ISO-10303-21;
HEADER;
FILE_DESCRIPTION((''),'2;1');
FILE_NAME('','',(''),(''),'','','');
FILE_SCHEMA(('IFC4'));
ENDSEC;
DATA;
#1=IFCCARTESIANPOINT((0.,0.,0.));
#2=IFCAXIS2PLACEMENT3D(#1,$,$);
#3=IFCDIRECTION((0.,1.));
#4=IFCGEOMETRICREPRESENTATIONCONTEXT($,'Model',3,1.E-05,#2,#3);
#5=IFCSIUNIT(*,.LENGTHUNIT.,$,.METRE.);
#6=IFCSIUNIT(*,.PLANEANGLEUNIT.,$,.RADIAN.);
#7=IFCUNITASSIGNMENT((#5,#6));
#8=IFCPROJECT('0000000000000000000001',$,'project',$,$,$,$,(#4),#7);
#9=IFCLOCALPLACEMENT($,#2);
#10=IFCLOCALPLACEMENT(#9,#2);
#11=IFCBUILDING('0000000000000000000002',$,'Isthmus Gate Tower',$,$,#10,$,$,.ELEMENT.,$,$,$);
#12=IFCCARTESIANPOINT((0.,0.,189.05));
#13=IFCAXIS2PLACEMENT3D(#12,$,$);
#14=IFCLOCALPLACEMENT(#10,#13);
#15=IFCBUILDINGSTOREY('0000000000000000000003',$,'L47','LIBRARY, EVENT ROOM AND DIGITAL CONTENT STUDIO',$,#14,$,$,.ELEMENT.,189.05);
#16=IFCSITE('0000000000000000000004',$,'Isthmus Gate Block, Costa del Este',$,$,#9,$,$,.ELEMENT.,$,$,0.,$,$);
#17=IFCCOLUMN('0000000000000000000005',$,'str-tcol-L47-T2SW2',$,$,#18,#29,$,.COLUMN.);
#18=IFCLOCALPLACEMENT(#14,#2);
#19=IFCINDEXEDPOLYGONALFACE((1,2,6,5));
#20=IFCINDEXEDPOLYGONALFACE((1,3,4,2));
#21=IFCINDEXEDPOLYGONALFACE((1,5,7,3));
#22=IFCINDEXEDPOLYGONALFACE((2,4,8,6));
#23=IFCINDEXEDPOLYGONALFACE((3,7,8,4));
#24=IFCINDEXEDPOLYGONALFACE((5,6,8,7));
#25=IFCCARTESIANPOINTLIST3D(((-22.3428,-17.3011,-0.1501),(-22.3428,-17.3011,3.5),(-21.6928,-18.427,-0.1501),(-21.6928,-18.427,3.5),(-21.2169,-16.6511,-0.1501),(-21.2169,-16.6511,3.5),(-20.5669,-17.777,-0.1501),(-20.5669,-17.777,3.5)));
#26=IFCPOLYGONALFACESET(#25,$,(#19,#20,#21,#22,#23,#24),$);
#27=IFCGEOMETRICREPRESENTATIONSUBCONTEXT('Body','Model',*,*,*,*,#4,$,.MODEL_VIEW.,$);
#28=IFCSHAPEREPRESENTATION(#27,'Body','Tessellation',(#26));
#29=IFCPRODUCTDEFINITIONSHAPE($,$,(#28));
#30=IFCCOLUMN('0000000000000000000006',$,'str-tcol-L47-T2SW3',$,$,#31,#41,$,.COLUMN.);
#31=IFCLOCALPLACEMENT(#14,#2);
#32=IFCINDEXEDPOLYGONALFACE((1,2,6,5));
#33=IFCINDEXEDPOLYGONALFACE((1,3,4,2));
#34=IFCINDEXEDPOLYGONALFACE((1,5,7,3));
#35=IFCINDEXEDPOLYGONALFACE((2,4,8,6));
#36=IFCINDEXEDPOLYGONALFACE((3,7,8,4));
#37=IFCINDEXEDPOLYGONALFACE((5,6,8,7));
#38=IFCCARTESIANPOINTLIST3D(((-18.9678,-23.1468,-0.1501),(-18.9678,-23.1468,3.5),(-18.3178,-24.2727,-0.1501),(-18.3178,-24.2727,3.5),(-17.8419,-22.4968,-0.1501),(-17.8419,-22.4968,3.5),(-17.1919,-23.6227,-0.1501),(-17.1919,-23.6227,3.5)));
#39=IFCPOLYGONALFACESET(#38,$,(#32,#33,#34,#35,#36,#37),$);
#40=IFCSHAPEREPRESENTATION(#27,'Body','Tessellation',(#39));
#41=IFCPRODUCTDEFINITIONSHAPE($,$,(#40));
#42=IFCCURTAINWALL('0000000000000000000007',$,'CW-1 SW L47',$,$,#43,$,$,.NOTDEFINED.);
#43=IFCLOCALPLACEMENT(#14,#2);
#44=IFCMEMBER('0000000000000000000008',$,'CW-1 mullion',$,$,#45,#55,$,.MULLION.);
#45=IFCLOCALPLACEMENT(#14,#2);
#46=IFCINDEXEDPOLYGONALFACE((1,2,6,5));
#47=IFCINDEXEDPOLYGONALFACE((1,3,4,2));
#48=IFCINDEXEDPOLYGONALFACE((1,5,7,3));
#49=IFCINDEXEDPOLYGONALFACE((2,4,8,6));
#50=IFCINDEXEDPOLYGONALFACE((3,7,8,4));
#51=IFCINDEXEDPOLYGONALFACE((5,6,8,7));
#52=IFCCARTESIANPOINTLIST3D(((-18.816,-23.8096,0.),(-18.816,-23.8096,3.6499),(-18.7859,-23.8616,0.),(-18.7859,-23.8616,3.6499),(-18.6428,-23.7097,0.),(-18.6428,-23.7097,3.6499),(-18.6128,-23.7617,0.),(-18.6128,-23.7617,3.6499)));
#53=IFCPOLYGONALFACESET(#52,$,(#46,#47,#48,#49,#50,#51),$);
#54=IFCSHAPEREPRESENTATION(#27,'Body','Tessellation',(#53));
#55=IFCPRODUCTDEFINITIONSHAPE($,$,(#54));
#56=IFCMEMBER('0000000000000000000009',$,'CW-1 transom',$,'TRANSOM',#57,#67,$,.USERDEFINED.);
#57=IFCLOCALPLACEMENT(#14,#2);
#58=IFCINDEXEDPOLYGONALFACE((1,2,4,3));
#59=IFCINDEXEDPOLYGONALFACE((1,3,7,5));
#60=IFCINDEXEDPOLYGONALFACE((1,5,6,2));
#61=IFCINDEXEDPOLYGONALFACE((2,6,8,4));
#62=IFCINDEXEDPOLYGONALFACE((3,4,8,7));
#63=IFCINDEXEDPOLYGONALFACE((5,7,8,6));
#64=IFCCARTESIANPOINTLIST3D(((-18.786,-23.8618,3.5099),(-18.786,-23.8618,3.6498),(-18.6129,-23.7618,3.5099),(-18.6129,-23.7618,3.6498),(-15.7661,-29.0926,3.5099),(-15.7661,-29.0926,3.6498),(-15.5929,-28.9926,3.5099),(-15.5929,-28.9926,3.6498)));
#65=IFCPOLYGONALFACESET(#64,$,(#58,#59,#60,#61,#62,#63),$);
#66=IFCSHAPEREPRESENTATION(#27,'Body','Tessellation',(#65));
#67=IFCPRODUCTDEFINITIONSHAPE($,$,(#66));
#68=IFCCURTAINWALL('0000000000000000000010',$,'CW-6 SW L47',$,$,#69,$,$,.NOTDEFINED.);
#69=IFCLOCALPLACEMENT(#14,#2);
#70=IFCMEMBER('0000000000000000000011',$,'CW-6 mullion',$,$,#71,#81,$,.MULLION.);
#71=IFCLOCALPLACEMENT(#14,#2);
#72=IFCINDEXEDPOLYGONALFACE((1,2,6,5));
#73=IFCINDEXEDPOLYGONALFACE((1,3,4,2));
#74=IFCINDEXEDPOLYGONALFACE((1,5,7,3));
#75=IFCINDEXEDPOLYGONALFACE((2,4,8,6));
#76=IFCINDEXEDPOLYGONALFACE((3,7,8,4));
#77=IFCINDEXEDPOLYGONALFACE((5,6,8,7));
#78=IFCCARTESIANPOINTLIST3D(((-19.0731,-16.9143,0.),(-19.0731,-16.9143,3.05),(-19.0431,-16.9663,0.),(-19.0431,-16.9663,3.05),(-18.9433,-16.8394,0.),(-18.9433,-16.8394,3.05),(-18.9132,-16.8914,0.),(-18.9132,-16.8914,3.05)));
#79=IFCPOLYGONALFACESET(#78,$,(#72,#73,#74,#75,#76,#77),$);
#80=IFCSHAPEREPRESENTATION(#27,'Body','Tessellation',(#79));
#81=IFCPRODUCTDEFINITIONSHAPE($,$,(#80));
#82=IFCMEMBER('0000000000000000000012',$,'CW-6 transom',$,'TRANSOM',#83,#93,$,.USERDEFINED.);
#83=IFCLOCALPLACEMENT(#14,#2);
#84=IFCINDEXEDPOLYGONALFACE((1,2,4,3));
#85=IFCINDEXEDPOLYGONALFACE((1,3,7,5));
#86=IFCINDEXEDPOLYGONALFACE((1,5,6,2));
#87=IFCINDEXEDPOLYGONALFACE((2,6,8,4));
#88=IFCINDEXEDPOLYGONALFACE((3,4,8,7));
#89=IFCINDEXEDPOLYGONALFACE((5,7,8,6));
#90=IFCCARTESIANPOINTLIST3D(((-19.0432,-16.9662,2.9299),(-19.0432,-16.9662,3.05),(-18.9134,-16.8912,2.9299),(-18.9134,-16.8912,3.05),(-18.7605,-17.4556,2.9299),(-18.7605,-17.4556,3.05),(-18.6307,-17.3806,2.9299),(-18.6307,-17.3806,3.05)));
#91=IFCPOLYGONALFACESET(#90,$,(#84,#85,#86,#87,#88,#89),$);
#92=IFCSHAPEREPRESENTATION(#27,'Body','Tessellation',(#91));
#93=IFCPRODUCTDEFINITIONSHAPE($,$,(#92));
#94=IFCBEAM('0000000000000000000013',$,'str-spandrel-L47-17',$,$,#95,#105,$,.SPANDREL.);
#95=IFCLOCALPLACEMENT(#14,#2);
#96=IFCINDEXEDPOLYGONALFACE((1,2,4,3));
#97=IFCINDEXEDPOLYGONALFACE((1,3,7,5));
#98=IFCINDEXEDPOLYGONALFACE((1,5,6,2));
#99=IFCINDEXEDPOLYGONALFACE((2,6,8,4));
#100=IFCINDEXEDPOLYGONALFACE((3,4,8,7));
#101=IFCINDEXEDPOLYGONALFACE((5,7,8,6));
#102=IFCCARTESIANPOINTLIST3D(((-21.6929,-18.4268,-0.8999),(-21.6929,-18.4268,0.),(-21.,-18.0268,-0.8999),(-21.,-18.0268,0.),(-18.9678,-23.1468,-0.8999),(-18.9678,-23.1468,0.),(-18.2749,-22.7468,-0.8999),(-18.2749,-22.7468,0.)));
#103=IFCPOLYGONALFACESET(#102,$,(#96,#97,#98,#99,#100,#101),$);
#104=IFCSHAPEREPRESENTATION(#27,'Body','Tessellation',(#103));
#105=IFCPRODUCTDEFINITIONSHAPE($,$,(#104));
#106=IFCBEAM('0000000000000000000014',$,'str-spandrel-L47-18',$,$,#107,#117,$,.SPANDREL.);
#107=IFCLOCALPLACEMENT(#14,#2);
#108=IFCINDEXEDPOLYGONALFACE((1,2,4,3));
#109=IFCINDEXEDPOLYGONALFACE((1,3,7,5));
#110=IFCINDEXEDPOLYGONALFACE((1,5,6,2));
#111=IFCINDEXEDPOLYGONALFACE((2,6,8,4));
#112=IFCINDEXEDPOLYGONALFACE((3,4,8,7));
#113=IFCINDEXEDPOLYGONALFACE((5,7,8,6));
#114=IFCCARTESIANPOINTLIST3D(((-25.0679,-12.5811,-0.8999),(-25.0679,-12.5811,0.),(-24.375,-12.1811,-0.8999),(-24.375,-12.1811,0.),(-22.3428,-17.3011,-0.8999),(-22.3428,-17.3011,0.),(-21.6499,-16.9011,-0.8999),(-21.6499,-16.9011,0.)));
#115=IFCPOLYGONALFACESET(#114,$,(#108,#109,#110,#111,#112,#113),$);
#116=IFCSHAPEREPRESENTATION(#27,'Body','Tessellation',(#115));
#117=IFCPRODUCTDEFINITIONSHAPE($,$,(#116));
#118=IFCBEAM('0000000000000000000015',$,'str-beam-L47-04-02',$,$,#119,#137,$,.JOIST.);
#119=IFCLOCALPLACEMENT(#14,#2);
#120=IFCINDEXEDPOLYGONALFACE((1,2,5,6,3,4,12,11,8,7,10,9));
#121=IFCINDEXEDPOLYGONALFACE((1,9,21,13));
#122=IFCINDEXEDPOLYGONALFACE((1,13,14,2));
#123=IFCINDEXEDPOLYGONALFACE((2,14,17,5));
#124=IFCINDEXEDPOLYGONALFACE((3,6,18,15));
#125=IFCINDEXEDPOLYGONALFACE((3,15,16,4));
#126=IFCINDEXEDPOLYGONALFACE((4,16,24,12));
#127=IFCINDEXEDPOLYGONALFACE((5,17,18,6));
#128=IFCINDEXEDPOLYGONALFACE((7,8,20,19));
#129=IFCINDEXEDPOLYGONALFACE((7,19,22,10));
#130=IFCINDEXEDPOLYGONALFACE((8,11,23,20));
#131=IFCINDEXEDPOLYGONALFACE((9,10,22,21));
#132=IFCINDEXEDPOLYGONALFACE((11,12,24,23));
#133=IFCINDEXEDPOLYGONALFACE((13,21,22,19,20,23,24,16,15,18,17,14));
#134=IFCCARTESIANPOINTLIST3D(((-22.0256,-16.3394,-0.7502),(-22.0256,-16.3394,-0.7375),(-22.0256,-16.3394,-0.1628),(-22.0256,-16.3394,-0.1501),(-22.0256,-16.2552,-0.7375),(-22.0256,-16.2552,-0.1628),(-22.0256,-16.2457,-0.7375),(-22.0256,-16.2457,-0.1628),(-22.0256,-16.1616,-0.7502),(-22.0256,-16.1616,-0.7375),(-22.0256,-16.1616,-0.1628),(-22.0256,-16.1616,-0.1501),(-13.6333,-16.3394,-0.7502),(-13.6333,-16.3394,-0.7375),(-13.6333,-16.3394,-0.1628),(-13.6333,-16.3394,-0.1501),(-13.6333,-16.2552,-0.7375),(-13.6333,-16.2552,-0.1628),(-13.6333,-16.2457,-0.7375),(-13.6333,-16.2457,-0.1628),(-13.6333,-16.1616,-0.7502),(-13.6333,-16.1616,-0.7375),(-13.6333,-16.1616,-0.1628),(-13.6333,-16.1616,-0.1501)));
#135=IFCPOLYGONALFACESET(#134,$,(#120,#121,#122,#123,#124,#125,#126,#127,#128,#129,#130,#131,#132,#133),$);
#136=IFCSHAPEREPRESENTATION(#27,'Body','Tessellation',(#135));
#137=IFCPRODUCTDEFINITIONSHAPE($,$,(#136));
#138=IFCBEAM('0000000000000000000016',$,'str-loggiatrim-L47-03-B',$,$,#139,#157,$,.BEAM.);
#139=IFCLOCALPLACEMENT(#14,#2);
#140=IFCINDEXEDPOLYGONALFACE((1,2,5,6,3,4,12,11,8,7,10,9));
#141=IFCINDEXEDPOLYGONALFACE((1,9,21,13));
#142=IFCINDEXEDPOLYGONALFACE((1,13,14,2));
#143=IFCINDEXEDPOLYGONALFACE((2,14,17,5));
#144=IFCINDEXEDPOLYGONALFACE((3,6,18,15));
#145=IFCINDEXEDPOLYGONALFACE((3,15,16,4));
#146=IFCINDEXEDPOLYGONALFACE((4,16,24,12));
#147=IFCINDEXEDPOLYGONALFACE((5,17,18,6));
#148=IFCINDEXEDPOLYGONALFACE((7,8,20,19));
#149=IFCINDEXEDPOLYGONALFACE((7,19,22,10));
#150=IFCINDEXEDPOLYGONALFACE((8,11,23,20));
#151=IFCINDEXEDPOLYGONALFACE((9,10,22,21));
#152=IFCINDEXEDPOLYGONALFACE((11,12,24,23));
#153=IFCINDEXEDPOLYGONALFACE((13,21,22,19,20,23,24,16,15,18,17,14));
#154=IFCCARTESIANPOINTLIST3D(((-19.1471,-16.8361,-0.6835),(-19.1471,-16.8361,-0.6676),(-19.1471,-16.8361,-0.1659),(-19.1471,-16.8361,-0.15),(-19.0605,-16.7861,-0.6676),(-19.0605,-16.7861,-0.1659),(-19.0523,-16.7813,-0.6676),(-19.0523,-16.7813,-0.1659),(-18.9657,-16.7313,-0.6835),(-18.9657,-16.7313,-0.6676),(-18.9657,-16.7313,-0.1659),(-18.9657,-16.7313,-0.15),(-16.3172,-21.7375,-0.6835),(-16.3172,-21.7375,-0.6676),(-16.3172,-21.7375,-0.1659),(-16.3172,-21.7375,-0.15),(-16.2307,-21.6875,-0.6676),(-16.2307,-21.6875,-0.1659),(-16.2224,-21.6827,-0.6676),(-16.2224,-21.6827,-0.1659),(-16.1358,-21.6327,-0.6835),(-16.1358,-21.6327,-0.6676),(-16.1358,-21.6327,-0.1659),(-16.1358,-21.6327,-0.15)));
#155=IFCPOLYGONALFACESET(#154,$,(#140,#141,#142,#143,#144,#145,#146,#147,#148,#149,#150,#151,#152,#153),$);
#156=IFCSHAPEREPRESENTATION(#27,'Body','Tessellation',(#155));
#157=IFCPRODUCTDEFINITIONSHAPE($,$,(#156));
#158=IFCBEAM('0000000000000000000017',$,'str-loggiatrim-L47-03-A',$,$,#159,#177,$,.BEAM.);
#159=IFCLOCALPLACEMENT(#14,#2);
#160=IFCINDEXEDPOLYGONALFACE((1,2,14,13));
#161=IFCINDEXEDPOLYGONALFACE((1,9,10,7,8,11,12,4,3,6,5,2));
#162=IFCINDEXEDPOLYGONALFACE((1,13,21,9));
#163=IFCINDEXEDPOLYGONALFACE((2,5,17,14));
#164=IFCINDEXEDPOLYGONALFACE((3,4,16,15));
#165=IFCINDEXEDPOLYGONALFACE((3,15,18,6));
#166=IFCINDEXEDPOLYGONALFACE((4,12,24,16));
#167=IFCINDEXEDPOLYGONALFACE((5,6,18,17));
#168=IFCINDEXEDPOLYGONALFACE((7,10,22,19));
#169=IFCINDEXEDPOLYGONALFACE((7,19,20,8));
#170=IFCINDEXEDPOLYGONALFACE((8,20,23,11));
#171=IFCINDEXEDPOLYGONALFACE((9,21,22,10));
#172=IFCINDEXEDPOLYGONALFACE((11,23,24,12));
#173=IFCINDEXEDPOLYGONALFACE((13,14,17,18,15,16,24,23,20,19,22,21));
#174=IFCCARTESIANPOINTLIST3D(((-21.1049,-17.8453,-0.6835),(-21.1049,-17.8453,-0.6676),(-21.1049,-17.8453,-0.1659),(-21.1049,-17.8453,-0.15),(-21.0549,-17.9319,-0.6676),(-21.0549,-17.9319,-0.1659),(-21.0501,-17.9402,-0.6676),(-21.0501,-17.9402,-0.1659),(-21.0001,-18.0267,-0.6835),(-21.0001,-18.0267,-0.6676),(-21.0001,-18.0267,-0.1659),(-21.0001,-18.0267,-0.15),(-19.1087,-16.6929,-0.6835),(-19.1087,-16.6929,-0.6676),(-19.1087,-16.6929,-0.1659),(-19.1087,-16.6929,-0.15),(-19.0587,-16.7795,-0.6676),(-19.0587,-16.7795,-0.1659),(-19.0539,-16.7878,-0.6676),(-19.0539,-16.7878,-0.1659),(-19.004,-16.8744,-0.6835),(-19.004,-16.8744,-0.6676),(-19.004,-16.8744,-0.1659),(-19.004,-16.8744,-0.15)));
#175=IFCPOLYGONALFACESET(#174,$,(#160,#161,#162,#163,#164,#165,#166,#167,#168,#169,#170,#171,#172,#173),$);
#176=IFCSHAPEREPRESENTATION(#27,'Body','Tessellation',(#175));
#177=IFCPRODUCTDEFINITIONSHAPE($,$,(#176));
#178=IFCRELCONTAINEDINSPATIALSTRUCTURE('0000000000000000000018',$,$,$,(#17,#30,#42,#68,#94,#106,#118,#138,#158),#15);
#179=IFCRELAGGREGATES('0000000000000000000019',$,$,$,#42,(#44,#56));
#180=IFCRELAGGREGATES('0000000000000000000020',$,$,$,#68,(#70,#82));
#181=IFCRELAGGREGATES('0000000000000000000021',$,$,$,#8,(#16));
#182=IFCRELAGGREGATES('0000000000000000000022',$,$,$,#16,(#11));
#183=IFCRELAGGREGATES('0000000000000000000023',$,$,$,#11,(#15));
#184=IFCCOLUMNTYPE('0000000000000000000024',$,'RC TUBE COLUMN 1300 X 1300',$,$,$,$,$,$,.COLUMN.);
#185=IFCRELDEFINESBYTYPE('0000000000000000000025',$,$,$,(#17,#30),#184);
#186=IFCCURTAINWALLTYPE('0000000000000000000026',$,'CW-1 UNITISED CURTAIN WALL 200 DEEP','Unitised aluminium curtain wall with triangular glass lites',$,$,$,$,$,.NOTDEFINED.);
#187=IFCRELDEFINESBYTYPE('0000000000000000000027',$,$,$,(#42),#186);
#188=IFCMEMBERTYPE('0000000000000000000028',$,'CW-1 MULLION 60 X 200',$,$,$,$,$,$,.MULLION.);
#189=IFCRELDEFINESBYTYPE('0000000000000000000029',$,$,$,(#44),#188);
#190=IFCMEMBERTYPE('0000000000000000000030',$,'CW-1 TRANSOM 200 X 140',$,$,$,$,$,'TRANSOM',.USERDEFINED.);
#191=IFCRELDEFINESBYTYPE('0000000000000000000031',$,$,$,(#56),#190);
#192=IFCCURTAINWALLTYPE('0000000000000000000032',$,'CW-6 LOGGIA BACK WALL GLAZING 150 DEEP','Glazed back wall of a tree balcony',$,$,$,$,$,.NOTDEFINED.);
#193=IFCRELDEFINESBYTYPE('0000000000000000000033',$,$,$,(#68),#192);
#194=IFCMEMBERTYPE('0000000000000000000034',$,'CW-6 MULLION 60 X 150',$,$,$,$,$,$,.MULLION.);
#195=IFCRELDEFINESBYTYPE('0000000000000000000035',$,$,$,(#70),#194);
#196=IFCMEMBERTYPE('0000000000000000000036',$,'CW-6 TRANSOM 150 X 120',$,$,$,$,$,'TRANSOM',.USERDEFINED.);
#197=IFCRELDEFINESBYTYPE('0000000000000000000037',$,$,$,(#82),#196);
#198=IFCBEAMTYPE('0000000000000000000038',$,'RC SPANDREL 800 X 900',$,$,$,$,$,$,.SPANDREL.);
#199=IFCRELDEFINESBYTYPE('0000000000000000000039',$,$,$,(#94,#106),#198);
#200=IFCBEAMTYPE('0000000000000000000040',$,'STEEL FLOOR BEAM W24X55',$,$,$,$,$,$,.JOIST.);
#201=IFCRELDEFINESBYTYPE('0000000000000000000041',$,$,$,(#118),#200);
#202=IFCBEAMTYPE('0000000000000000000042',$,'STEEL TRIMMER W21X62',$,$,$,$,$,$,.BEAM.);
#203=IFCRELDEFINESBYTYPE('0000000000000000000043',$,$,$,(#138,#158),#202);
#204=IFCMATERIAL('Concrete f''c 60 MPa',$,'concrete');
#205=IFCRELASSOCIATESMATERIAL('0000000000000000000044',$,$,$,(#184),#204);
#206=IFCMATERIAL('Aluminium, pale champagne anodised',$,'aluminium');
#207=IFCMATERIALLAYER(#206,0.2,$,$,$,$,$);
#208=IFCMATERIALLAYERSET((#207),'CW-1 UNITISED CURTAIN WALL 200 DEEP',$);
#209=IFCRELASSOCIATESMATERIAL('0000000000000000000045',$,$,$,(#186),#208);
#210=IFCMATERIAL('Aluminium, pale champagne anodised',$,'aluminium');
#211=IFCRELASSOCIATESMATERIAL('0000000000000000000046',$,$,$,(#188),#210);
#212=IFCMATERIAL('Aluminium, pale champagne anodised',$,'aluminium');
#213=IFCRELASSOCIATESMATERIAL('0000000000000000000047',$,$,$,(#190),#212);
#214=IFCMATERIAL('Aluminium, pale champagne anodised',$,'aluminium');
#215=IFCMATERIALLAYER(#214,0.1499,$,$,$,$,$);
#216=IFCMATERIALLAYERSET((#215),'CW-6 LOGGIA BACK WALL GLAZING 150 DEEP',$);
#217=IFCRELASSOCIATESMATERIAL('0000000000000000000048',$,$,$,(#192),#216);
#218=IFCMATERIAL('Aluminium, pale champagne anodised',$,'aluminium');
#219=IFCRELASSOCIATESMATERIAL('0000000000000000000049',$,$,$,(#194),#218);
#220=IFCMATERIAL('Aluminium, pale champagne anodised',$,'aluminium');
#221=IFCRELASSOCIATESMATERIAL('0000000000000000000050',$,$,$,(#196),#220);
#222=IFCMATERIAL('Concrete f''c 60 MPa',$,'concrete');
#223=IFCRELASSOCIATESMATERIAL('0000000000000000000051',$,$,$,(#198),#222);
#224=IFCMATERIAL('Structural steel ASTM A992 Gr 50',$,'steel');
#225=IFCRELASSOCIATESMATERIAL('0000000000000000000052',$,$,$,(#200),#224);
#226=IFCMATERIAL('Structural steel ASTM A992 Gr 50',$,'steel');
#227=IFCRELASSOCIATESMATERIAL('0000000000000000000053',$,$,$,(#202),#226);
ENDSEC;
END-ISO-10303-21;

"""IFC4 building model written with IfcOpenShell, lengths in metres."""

from ifc_helpers import new_model, si_unit, direction, frame, origin, origin_2d, place, context, subcontext, project, spatial, rectangle, i_section, extrude, material, layer, layer_set, material_profile, profile_set, type_object, element, aggregate, save


model = new_model("IFC4")

# Units and contexts
model_context = context("Model", 3, precision=1e-05, world=origin(), true_north=direction((0.0, 1.0)))
body_context = subcontext(model_context, "Body", "Model", "MODEL_VIEW")
ifc_project = project(units=[si_unit("LENGTHUNIT", "METRE"), si_unit("PLANEANGLEUNIT", "RADIAN")], contexts=[model_context])

# Site, building, storey
site_placement = place(None, origin())
site = spatial("IfcSite", under=ifc_project, at=site_placement, Name="Isthmus Gate Block, Costa del Este", CompositionType="ELEMENT", RefElevation=0.0)
building_placement = place(site_placement, origin())
building = spatial("IfcBuilding", under=site, at=building_placement, Name="Isthmus Gate Tower", CompositionType="ELEMENT")
storey_placement = place(building_placement, frame((0.0, 0.0, 189.05)))
storey = spatial("IfcBuildingStorey", under=building, at=storey_placement, Name="L47", Description="LIBRARY, EVENT ROOM AND DIGITAL CONTENT STUDIO", CompositionType="ELEMENT", Elevation=189.05)

# Columns
ifc_material_1 = material(Name="Concrete f'c 60 MPa", Category="concrete")
ifc_material_profile_1 = material_profile(ifc_material_1, rectangle(XDim=1.3, YDim=1.3, at=origin_2d()), Name="RC 1300X1300")
ifc_profile_set_1 = profile_set([ifc_material_profile_1], Name="Concrete f'c 60 MPa")
column_type = type_object("IfcColumnType", Name="RC TUBE COLUMN 1300 X 1300", PredefinedType="COLUMN", material=ifc_profile_set_1)
for number, where, z_axis, x_axis, name in (
    (1, (-21.4548, -17.5391, -0.1501), (0.0, 0.0, 1.0), (0.5, -0.866025, 0.0), "str-tcol-L47-T2SW2"),
    (2, (-18.0798, -23.3848, -0.1501), (0.0, 0.0, 1.0), (0.5, -0.866025, 0.0), "str-tcol-L47-T2SW3"),
):
    element("IfcColumn", number, at=place(storey_placement, frame(where, z_axis=z_axis, x_axis=x_axis)), inside=storey, type_object=column_type, Name=name, PredefinedType="COLUMN", context=body_context, shape_type="SweptSolid", body=[
        extrude(rectangle(XDim=1.3, YDim=1.3, at=origin_2d()), origin(), (0.0, 0.0, 1.0), 3.6501),
    ])

# Curtain walls, members
ifc_material_2 = material(Name="Aluminium, pale champagne anodised", Category="aluminium")
ifc_layer_1 = layer(ifc_material_2, 0.2)
ifc_layer_set_1 = layer_set([ifc_layer_1], Name="CW-1 UNITISED CURTAIN WALL 200 DEEP")
curtain_wall_type_1 = type_object("IfcCurtainWallType", Name="CW-1 UNITISED CURTAIN WALL 200 DEEP", Description="Unitised aluminium curtain wall with triangular glass lites", PredefinedType="NOTDEFINED", material=ifc_layer_set_1)
curtain_wall_1_placement = place(storey_placement, origin())
curtain_wall_1 = element("IfcCurtainWall", 3, at=curtain_wall_1_placement, inside=storey, type_object=curtain_wall_type_1, Name="CW-1 SW L47", PredefinedType="NOTDEFINED")
ifc_material_3 = material(Name="Aluminium, pale champagne anodised", Category="aluminium")
ifc_material_profile_2 = material_profile(ifc_material_3, rectangle(XDim=0.0601, YDim=0.2, at=origin_2d()), Name="60x200")
ifc_profile_set_2 = profile_set([ifc_material_profile_2], Name="Aluminium, pale champagne anodised")
member_type_1 = type_object("IfcMemberType", Name="CW-1 MULLION 60 X 200", PredefinedType="MULLION", material=ifc_profile_set_2)
member_1_placement = place(storey_placement, frame((-18.7144, -23.7856, 0.0), z_axis=(0.0, 0.0, 1.0), x_axis=(0.5, -0.866025, 0.0)))
member_1 = element("IfcMember", 4, at=member_1_placement, type_object=member_type_1, Name="CW-1 mullion", PredefinedType="MULLION", context=body_context, shape_type="SweptSolid", body=[
    extrude(rectangle(XDim=0.0601, YDim=0.2, at=origin_2d()), origin(), (0.0, 0.0, 1.0), 3.6499),
])
ifc_material_4 = material(Name="Aluminium, pale champagne anodised", Category="aluminium")
ifc_material_profile_3 = material_profile(ifc_material_4, rectangle(XDim=0.2, YDim=0.1399, at=origin_2d()), Name="200x140")
ifc_profile_set_3 = profile_set([ifc_material_profile_3], Name="Aluminium, pale champagne anodised")
member_type_2 = type_object("IfcMemberType", Name="CW-1 TRANSOM 200 X 140", ElementType="TRANSOM", PredefinedType="USERDEFINED", material=ifc_profile_set_3)
member_2_placement = place(storey_placement, frame((-18.6995, -23.8118, 3.5798), z_axis=(0.499991, -0.866031, 0.0), x_axis=(0.866031, 0.499991, 0.0)))
member_2 = element("IfcMember", 5, at=member_2_placement, type_object=member_type_2, Name="CW-1 transom", ObjectType="TRANSOM", PredefinedType="USERDEFINED", context=body_context, shape_type="SweptSolid", body=[
    extrude(rectangle(XDim=0.2, YDim=0.1399, at=origin_2d()), origin(), (0.0, 0.0, 1.0), 6.04),
])
ifc_material_5 = material(Name="Aluminium, pale champagne anodised", Category="aluminium")
ifc_layer_2 = layer(ifc_material_5, 0.1499)
ifc_layer_set_2 = layer_set([ifc_layer_2], Name="CW-6 LOGGIA BACK WALL GLAZING 150 DEEP")
curtain_wall_type_2 = type_object("IfcCurtainWallType", Name="CW-6 LOGGIA BACK WALL GLAZING 150 DEEP", Description="Glazed back wall of a tree balcony", PredefinedType="NOTDEFINED", material=ifc_layer_set_2)
curtain_wall_2_placement = place(storey_placement, origin())
curtain_wall_2 = element("IfcCurtainWall", 6, at=curtain_wall_2_placement, inside=storey, type_object=curtain_wall_type_2, Name="CW-6 SW L47", PredefinedType="NOTDEFINED")
ifc_material_6 = material(Name="Aluminium, pale champagne anodised", Category="aluminium")
ifc_material_profile_4 = material_profile(ifc_material_6, rectangle(XDim=0.0601, YDim=0.1499, at=origin_2d()), Name="60x150")
ifc_profile_set_4 = profile_set([ifc_material_profile_4], Name="Aluminium, pale champagne anodised")
member_type_3 = type_object("IfcMemberType", Name="CW-6 MULLION 60 X 150", PredefinedType="MULLION", material=ifc_profile_set_4)
member_3_placement = place(storey_placement, frame((-18.9932, -16.9028, 0.0), z_axis=(0.0, 0.0, 1.0), x_axis=(0.5, -0.866025, 0.0)))
member_3 = element("IfcMember", 7, at=member_3_placement, type_object=member_type_3, Name="CW-6 mullion", PredefinedType="MULLION", context=body_context, shape_type="SweptSolid", body=[
    extrude(rectangle(XDim=0.0601, YDim=0.1499, at=origin_2d()), origin(), (0.0, 0.0, 1.0), 3.05),
])
ifc_material_7 = material(Name="Aluminium, pale champagne anodised", Category="aluminium")
ifc_material_profile_5 = material_profile(ifc_material_7, rectangle(XDim=0.1499, YDim=0.1201, at=origin_2d()), Name="150x120")
ifc_profile_set_5 = profile_set([ifc_material_profile_5], Name="Aluminium, pale champagne anodised")
member_type_4 = type_object("IfcMemberType", Name="CW-6 TRANSOM 150 X 120", ElementType="TRANSOM", PredefinedType="USERDEFINED", material=ifc_profile_set_5)
member_4_placement = place(storey_placement, frame((-18.9783, -16.9287, 2.99), z_axis=(0.500134, -0.865948, 0.0), x_axis=(0.865948, 0.500134, 0.0)))
member_4 = element("IfcMember", 8, at=member_4_placement, type_object=member_type_4, Name="CW-6 transom", ObjectType="TRANSOM", PredefinedType="USERDEFINED", context=body_context, shape_type="SweptSolid", body=[
    extrude(rectangle(XDim=0.1499, YDim=0.1201, at=origin_2d()), origin(), (0.0, 0.0, 1.0), 0.5652),
])

# Beams
ifc_material_8 = material(Name="Concrete f'c 60 MPa", Category="concrete")
ifc_material_profile_6 = material_profile(ifc_material_8, rectangle(XDim=0.8, YDim=0.8999, at=origin_2d()), Name="RC 800X900")
ifc_profile_set_6 = profile_set([ifc_material_profile_6], Name="Concrete f'c 60 MPa")
beam_type_1 = type_object("IfcBeamType", Name="RC SPANDREL 800 X 900", PredefinedType="SPANDREL", material=ifc_profile_set_6)
for number, where, z_axis, x_axis, name in (
    (9, (-18.6213, -22.9468, -0.45), (-0.500003, 0.866024, 0.0), (-0.866024, -0.500003, 0.0), "str-spandrel-L47-17"),
    (10, (-21.9963, -17.1011, -0.45), (-0.500003, 0.866024, 0.0), (-0.866024, -0.500003, 0.0), "str-spandrel-L47-18"),
):
    element("IfcBeam", number, at=place(storey_placement, frame(where, z_axis=z_axis, x_axis=x_axis)), inside=storey, type_object=beam_type_1, Name=name, PredefinedType="SPANDREL", context=body_context, shape_type="SweptSolid", body=[
        extrude(rectangle(XDim=0.8, YDim=0.8999, at=origin_2d()), origin(), (0.0, 0.0, 1.0), 5.4502),
    ])
ifc_material_9 = material(Name="Structural steel ASTM A992 Gr 50", Category="steel")
ifc_material_profile_7 = material_profile(ifc_material_9, i_section(OverallWidth=0.1777, OverallDepth=0.6001, WebThickness=0.0095, FlangeThickness=0.0127, at=origin_2d()), Name="W24X55")
ifc_profile_set_7 = profile_set([ifc_material_profile_7], Name="Structural steel ASTM A992 Gr 50")
beam_type_2 = type_object("IfcBeamType", Name="STEEL FLOOR BEAM W24X55", PredefinedType="JOIST", material=ifc_profile_set_7)
beam_1_placement = place(storey_placement, frame((-22.0256, -16.2505, -0.4502), z_axis=(1.0, 0.0, 0.0), x_axis=(0.0, 1.0, 0.0)))
element("IfcBeam", 11, at=beam_1_placement, inside=storey, type_object=beam_type_2, Name="str-beam-L47-04-02", PredefinedType="JOIST", context=body_context, shape_type="SweptSolid", body=[
    extrude(i_section(OverallWidth=0.1777, OverallDepth=0.6001, WebThickness=0.0095, FlangeThickness=0.0127, at=origin_2d()), origin(), (0.0, 0.0, 1.0), 8.3923),
])
ifc_material_10 = material(Name="Structural steel ASTM A992 Gr 50", Category="steel")
ifc_material_profile_8 = material_profile(ifc_material_10, i_section(OverallWidth=0.2095, OverallDepth=0.5334, WebThickness=0.0095, FlangeThickness=0.0159, at=origin_2d()), Name="W21X62")
ifc_profile_set_8 = profile_set([ifc_material_profile_8], Name="Structural steel ASTM A992 Gr 50")
beam_type_3 = type_object("IfcBeamType", Name="STEEL TRIMMER W21X62", PredefinedType="BEAM", material=ifc_profile_set_8)
beam_2_placement = place(storey_placement, frame((-19.0564, -16.7837, -0.4167), z_axis=(0.500004, -0.866023, 0.0), x_axis=(0.866023, 0.500004, 0.0)))
element("IfcBeam", 12, at=beam_2_placement, inside=storey, type_object=beam_type_3, Name="str-loggiatrim-L47-03-B", PredefinedType="BEAM", context=body_context, shape_type="SweptSolid", body=[
    extrude(i_section(OverallWidth=0.2095, OverallDepth=0.5334, WebThickness=0.0095, FlangeThickness=0.0159, at=origin_2d()), origin(), (0.0, 0.0, 1.0), 5.6597),
])
for number, where, z_axis, x_axis, name in (
    (13, (-21.0525, -17.936, -0.4167), (0.866044, 0.499967, 0.0), (-0.499967, 0.866044, 0.0), "str-loggiatrim-L47-03-A"),
):
    element("IfcBeam", number, at=place(storey_placement, frame(where, z_axis=z_axis, x_axis=x_axis)), inside=storey, type_object=beam_type_3, Name=name, PredefinedType="BEAM", context=body_context, shape_type="SweptSolid", body=[
        extrude(i_section(OverallWidth=0.2095, OverallDepth=0.5334, WebThickness=0.0095, FlangeThickness=0.0159, at=origin_2d()), origin(), (0.0, 0.0, 1.0), 2.3049),
    ])

aggregate(curtain_wall_1, [member_1, member_2])
aggregate(curtain_wall_2, [member_3, member_4])

save(model, "model.ifc")
